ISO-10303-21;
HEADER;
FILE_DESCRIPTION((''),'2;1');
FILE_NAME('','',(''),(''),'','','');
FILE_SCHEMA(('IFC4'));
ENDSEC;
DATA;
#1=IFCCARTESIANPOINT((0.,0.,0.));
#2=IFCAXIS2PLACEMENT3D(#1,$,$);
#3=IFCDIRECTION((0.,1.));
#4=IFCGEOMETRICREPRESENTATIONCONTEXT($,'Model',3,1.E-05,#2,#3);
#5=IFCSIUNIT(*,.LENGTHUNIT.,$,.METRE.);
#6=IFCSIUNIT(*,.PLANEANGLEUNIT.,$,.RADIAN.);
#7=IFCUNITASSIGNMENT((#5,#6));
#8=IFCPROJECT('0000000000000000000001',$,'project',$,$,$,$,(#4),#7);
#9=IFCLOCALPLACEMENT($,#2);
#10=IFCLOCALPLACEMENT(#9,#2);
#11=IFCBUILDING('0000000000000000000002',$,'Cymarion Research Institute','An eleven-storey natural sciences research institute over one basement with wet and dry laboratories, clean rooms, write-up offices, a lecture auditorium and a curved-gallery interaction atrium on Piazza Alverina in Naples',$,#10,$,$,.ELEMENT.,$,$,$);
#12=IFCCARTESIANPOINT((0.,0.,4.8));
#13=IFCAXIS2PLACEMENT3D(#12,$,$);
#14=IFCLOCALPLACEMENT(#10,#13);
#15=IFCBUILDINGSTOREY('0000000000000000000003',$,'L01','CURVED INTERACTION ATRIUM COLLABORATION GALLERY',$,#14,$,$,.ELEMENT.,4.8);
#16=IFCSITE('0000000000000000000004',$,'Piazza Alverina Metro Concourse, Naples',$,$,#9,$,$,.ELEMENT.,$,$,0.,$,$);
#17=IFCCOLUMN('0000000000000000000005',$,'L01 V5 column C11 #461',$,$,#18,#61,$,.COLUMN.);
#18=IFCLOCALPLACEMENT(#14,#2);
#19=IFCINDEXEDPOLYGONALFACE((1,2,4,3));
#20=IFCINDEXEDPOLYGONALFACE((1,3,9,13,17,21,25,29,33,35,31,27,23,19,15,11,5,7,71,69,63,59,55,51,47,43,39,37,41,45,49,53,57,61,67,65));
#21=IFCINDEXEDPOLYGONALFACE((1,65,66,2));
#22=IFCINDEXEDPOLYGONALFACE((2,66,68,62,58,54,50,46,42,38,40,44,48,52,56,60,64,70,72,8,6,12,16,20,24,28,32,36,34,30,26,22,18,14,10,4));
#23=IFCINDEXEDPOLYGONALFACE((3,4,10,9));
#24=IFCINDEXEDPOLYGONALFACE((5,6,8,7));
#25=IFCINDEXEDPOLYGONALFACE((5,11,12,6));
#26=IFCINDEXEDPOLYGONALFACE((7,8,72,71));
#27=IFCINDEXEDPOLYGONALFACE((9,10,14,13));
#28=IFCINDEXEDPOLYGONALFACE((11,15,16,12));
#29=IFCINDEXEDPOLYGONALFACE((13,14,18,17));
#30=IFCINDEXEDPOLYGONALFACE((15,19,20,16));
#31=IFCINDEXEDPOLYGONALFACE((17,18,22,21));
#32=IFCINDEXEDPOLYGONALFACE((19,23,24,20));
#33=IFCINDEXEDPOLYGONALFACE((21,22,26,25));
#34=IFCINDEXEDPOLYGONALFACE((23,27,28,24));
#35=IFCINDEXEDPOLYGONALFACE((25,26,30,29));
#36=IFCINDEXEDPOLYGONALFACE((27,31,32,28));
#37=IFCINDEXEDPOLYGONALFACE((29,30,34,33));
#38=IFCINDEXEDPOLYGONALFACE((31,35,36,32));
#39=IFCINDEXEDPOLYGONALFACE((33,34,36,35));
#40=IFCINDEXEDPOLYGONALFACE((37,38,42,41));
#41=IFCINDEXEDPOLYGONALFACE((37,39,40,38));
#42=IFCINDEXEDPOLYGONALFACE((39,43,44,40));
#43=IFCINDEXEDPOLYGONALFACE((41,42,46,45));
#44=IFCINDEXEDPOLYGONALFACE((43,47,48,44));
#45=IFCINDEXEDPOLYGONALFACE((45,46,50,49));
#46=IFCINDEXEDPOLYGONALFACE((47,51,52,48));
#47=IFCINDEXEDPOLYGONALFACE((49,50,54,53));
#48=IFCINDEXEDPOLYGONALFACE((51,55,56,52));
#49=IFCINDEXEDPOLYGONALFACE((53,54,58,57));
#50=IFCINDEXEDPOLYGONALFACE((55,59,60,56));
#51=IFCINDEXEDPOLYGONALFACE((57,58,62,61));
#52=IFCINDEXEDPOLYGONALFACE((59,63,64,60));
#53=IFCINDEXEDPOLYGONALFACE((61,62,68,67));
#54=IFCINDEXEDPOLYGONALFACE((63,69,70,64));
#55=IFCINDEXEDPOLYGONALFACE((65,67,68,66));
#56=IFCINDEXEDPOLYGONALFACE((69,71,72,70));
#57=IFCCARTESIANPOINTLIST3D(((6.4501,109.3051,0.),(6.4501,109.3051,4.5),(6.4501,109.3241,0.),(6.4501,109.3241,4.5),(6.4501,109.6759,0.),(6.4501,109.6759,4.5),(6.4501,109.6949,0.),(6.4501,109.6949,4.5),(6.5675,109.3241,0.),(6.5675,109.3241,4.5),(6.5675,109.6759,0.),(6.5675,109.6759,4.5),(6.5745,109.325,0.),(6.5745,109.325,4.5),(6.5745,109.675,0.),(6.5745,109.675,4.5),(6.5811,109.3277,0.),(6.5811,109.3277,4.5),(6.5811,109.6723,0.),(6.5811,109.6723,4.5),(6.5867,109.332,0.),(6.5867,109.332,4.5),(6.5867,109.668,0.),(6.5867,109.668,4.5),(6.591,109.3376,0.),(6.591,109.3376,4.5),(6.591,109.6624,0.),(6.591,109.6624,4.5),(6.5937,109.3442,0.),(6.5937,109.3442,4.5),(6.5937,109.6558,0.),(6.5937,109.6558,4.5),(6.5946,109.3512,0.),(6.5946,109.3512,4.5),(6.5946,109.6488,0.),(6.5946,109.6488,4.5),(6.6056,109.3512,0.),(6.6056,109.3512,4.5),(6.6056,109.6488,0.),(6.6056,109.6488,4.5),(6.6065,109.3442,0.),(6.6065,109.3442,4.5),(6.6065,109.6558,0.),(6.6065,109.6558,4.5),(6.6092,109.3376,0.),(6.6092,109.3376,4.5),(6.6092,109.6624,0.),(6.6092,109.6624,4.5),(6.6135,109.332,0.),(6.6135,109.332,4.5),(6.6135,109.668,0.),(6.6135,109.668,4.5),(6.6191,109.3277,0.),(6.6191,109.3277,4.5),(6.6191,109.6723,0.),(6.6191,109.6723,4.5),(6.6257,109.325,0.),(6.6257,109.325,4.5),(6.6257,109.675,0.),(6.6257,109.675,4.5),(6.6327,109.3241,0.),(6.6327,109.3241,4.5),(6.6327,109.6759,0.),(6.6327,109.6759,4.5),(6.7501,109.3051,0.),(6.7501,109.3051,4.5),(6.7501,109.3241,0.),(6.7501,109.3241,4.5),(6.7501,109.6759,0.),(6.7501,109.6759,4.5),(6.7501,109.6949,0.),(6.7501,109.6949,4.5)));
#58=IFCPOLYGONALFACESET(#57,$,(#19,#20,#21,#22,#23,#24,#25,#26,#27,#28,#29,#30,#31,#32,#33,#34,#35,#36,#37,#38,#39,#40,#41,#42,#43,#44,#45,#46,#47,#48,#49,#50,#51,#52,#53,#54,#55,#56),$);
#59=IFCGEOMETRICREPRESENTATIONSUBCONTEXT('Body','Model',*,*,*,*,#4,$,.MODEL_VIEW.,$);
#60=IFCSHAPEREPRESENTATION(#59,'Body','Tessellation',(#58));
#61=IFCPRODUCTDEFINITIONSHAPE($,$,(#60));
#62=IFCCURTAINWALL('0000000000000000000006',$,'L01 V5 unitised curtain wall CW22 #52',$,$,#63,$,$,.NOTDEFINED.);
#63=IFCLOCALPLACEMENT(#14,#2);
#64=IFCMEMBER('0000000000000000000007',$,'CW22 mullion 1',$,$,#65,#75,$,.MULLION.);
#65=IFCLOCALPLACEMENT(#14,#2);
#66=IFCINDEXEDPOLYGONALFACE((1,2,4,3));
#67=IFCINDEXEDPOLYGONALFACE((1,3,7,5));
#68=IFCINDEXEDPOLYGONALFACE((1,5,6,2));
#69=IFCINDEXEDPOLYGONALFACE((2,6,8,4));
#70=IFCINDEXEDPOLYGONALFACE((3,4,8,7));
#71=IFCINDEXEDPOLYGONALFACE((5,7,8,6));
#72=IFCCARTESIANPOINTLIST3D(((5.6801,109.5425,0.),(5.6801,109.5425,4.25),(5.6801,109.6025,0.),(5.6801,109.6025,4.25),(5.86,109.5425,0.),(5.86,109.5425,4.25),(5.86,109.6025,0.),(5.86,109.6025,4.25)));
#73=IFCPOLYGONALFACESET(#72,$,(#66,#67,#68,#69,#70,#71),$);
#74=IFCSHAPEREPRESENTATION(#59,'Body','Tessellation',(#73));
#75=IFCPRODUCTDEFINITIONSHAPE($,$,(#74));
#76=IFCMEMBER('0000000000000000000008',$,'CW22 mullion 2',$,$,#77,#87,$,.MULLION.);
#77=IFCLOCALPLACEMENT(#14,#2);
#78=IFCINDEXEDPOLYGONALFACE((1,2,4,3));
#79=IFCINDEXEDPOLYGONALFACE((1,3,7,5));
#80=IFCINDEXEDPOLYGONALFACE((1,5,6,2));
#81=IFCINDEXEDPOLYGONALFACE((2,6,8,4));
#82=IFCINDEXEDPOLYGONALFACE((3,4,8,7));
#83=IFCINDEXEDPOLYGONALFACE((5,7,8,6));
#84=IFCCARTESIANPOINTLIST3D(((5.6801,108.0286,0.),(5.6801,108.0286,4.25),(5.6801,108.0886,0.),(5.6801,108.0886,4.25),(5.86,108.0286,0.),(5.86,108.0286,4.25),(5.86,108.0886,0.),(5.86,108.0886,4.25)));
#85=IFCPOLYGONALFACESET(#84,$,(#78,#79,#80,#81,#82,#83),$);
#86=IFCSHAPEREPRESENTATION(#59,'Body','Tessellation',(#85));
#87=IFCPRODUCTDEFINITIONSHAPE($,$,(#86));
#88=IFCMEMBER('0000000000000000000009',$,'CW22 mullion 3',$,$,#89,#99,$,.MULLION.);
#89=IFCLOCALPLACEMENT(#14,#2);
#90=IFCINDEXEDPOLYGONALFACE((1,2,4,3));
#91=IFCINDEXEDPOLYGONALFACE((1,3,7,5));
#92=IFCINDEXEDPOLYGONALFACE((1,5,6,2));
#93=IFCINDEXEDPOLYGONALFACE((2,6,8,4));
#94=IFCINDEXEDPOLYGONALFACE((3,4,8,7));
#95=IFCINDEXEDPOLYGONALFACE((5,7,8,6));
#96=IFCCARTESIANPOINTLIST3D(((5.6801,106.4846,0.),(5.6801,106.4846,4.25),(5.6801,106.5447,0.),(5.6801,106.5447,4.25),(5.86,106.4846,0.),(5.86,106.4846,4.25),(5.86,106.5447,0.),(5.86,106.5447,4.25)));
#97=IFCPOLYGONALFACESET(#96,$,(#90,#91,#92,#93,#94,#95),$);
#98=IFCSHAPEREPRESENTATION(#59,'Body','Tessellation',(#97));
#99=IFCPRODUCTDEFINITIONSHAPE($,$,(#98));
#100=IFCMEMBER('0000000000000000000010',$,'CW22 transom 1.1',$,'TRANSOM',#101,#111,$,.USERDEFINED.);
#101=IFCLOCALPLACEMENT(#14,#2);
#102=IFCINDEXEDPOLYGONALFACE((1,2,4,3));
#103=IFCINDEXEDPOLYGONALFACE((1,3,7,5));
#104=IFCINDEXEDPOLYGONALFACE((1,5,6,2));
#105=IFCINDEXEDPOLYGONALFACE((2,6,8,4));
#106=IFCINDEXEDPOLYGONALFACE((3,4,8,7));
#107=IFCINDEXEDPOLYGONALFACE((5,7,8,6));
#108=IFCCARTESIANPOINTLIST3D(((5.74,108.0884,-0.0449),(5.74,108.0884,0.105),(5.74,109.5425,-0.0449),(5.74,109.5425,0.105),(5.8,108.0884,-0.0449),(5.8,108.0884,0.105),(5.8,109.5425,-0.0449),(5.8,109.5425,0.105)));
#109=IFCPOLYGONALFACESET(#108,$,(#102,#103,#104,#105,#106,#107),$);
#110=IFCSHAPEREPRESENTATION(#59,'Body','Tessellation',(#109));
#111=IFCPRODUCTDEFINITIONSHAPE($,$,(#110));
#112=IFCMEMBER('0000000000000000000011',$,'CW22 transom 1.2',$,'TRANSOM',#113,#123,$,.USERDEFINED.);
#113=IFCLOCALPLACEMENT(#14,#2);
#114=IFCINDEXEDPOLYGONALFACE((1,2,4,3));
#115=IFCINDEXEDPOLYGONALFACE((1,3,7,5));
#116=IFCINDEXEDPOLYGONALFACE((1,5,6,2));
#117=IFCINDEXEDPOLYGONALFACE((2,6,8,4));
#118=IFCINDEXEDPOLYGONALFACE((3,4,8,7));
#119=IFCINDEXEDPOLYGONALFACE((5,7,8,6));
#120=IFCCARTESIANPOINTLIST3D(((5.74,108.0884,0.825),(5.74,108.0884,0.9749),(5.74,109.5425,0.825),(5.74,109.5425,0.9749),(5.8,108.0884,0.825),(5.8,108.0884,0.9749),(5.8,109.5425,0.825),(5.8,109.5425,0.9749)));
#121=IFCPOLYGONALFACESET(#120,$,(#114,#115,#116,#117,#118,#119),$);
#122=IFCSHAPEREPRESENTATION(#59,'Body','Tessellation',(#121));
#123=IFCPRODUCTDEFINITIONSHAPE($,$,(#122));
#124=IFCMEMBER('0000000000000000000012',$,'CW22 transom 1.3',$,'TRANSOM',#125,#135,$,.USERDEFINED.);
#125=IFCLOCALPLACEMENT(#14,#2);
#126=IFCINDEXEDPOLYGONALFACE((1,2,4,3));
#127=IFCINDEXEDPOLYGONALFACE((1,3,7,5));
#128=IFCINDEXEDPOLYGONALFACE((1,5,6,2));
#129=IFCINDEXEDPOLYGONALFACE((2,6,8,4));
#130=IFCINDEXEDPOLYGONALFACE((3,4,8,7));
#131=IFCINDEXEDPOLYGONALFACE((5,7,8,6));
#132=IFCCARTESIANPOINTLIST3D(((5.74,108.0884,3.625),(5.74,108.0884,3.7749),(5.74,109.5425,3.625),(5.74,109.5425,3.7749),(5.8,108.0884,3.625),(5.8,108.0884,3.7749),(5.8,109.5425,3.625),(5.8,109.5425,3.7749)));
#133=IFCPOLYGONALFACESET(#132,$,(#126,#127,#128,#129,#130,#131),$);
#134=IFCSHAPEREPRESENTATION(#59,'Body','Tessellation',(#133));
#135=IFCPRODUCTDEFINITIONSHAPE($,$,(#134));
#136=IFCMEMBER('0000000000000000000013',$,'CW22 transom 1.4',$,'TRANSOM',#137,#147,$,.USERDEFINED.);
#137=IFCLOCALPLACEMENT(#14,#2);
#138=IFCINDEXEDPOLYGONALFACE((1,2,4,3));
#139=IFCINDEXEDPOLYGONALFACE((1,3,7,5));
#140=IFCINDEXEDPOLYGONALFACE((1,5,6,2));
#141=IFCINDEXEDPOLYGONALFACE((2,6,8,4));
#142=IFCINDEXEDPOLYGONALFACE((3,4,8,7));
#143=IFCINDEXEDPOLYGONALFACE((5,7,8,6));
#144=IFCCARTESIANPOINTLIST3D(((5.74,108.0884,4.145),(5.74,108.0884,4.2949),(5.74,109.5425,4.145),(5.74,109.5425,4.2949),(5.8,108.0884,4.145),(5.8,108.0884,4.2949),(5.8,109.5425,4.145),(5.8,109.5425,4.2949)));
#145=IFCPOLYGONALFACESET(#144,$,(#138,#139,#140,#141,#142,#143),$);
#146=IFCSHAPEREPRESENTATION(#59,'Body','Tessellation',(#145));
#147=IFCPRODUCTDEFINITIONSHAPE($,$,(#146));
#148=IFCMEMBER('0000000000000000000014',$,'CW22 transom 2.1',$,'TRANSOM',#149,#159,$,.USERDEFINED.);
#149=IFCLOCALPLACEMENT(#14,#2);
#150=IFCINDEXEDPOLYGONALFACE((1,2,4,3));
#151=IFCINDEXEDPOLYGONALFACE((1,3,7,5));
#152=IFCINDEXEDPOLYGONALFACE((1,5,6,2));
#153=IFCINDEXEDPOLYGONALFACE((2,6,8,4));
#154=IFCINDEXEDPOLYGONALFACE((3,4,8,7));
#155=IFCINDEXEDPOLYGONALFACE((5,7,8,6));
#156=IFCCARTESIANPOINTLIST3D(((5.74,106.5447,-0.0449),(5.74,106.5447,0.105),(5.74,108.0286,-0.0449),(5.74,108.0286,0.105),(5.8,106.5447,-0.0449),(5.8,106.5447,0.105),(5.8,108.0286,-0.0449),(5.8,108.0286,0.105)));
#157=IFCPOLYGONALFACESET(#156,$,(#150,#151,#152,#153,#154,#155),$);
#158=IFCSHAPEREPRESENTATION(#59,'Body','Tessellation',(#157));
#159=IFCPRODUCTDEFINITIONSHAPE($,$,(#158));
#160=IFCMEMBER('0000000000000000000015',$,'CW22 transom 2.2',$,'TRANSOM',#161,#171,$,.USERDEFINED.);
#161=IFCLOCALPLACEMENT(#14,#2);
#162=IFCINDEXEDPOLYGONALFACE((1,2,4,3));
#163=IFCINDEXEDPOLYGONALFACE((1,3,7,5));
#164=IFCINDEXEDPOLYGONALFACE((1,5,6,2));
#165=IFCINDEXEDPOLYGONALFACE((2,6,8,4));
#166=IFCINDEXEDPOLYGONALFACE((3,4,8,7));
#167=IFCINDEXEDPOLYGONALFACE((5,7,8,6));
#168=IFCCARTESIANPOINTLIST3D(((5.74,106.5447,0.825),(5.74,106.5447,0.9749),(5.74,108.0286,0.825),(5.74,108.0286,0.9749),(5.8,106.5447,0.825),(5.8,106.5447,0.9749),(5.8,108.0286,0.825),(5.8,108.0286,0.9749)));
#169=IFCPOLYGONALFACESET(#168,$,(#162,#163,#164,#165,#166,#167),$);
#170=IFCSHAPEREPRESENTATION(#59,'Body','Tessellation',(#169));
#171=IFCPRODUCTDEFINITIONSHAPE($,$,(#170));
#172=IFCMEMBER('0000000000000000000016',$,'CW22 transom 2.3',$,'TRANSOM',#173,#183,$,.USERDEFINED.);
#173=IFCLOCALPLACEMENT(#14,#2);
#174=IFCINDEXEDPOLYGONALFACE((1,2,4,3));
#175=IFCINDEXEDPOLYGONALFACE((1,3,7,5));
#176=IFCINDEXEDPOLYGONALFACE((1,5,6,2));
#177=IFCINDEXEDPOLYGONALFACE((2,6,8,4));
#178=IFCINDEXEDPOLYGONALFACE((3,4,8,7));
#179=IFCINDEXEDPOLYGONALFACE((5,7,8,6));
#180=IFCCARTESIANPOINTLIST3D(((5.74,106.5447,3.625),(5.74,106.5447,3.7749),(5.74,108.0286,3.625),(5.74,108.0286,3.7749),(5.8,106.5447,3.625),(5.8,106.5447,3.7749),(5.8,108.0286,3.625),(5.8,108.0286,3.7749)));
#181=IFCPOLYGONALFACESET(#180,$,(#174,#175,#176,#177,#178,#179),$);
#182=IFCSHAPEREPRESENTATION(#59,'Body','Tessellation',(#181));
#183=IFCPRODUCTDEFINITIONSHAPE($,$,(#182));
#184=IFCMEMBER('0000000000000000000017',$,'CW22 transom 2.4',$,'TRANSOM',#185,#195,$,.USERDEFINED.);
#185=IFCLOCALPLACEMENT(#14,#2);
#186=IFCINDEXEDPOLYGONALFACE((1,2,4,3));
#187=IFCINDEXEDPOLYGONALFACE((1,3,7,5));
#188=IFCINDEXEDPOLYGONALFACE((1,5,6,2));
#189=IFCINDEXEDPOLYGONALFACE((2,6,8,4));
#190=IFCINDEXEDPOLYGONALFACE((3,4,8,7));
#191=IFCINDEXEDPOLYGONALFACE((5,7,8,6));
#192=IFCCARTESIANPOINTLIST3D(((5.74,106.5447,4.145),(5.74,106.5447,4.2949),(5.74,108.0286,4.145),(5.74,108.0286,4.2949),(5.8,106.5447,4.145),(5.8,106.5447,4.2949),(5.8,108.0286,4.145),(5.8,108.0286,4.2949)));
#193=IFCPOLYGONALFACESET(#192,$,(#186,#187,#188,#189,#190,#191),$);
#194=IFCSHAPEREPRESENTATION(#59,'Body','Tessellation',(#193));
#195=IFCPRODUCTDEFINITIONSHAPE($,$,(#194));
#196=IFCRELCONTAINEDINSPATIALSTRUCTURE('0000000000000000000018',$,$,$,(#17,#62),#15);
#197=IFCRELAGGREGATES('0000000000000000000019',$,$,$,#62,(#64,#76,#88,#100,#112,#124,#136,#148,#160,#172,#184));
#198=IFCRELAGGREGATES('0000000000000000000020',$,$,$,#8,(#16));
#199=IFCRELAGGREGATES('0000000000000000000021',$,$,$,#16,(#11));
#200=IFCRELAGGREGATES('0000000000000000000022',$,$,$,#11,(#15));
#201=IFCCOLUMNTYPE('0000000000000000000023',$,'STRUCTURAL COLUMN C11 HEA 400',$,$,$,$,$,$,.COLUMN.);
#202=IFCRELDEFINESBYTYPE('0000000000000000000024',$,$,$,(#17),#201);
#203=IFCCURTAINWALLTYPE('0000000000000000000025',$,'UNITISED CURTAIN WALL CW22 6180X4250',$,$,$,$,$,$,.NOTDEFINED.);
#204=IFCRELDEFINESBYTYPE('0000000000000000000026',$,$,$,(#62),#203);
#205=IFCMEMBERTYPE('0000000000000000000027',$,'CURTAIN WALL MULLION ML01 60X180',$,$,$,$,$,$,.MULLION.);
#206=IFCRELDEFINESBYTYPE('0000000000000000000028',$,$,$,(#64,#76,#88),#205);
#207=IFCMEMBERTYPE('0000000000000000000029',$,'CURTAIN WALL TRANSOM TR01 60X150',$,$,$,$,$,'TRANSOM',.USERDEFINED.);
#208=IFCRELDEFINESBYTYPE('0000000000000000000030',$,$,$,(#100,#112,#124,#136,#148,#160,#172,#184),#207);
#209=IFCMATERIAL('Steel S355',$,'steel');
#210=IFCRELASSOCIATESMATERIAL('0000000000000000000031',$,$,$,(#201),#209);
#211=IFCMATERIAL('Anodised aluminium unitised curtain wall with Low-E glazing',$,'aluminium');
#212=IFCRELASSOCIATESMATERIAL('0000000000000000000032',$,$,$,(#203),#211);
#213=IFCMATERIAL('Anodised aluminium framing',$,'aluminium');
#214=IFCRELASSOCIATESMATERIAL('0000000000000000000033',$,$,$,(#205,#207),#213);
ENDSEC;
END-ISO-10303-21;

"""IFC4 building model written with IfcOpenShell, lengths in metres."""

from ifc_helpers import new_model, si_unit, direction, frame, origin, origin_2d, place, context, subcontext, project, spatial, rectangle, i_section, extrude, material, material_profile, profile_set, type_object, element, aggregate, save


model = new_model("IFC4")

# Units and contexts
model_context = context("Model", 3, precision=1e-05, world=origin(), true_north=direction((0.0, 1.0)))
body_context = subcontext(model_context, "Body", "Model", "MODEL_VIEW")
ifc_project = project(units=[si_unit("LENGTHUNIT", "METRE"), si_unit("PLANEANGLEUNIT", "RADIAN")], contexts=[model_context])

# Site, building, storey
site_placement = place(None, origin())
site = spatial("IfcSite", under=ifc_project, at=site_placement, Name="Piazza Alverina Metro Concourse, Naples", CompositionType="ELEMENT", RefElevation=0.0)
building_placement = place(site_placement, origin())
building = spatial("IfcBuilding", under=site, at=building_placement, Name="Cymarion Research Institute", Description="An eleven-storey natural sciences research institute over one basement with wet and dry laboratories, clean rooms, write-up offices, a lecture auditorium and a curved-gallery interaction atrium on Piazza Alverina in Naples", CompositionType="ELEMENT")
storey_placement = place(building_placement, frame((0.0, 0.0, 4.8)))
storey = spatial("IfcBuildingStorey", under=building, at=storey_placement, Name="L01", Description="CURVED INTERACTION ATRIUM COLLABORATION GALLERY", CompositionType="ELEMENT", Elevation=4.8)

# Column
ifc_material_1 = material(Name="Steel S355", Category="steel")
ifc_material_profile_1 = material_profile(ifc_material_1, i_section(OverallWidth=0.3, OverallDepth=0.3899, WebThickness=0.011, FlangeThickness=0.019, FilletRadius=0.0271, at=origin_2d()), Name="HEA 400")
ifc_profile_set_1 = profile_set([ifc_material_profile_1], Name="Steel S355")
column_type = type_object("IfcColumnType", Name="STRUCTURAL COLUMN C11 HEA 400", PredefinedType="COLUMN", material=ifc_profile_set_1)
column_placement = place(storey_placement, frame((6.6001, 109.5, 0.0), z_axis=(0.0, 0.0, 1.0), x_axis=(1.0, 0.0, 0.0)))
element("IfcColumn", 1, at=column_placement, inside=storey, type_object=column_type, Name="L01 V5 column C11 #461", PredefinedType="COLUMN", context=body_context, shape_type="SweptSolid", body=[
    extrude(i_section(OverallWidth=0.3, OverallDepth=0.3899, WebThickness=0.011, FlangeThickness=0.019, FilletRadius=0.0271, at=origin_2d()), origin(), (0.0, 0.0, 1.0), 4.5),
])

# Curtain wall, members
ifc_material_2 = material(Name="Anodised aluminium unitised curtain wall with Low-E glazing", Category="aluminium")
curtain_wall_type = type_object("IfcCurtainWallType", Name="UNITISED CURTAIN WALL CW22 6180X4250", PredefinedType="NOTDEFINED", material=ifc_material_2)
curtain_wall_placement = place(storey_placement, origin())
curtain_wall = element("IfcCurtainWall", 2, at=curtain_wall_placement, inside=storey, type_object=curtain_wall_type, Name="L01 V5 unitised curtain wall CW22 #52", PredefinedType="NOTDEFINED")
ifc_material_3 = material(Name="Anodised aluminium framing", Category="aluminium")
ifc_material_profile_2 = material_profile(ifc_material_3, rectangle(XDim=0.0601, YDim=0.1799, at=origin_2d()), Name="ALU MULLION 60x180")
ifc_profile_set_2 = profile_set([ifc_material_profile_2], Name="Anodised aluminium framing")
member_type_1 = type_object("IfcMemberType", Name="CURTAIN WALL MULLION ML01 60X180", PredefinedType="MULLION", material=ifc_profile_set_2)
member_1_placement = place(storey_placement, frame((5.77, 109.5725, 0.0), z_axis=(0.0, 0.0, 1.0), x_axis=(0.0, -1.0, 0.0)))
member_1 = element("IfcMember", 3, at=member_1_placement, type_object=member_type_1, Name="CW22 mullion 1", PredefinedType="MULLION", context=body_context, shape_type="SweptSolid", body=[
    extrude(rectangle(XDim=0.0601, YDim=0.1799, at=origin_2d()), origin(), (0.0, 0.0, 1.0), 4.25),
])
member_2_placement = place(storey_placement, frame((5.77, 108.0586, 0.0), z_axis=(0.0, 0.0, 1.0), x_axis=(0.0, -1.0, 0.0)))
member_2 = element("IfcMember", 4, at=member_2_placement, type_object=member_type_1, Name="CW22 mullion 2", PredefinedType="MULLION", context=body_context, shape_type="SweptSolid", body=[
    extrude(rectangle(XDim=0.0601, YDim=0.1799, at=origin_2d()), origin(), (0.0, 0.0, 1.0), 4.25),
])
member_3_placement = place(storey_placement, frame((5.77, 106.5146, 0.0), z_axis=(0.0, 0.0, 1.0), x_axis=(0.0, -1.0, 0.0)))
member_3 = element("IfcMember", 5, at=member_3_placement, type_object=member_type_1, Name="CW22 mullion 3", PredefinedType="MULLION", context=body_context, shape_type="SweptSolid", body=[
    extrude(rectangle(XDim=0.0601, YDim=0.1799, at=origin_2d()), origin(), (0.0, 0.0, 1.0), 4.25),
])
ifc_material_profile_3 = material_profile(ifc_material_3, rectangle(XDim=0.0601, YDim=0.1499, at=origin_2d()), Name="ALU TRANSOM 60x150")
ifc_profile_set_3 = profile_set([ifc_material_profile_3], Name="Anodised aluminium framing")
member_type_2 = type_object("IfcMemberType", Name="CURTAIN WALL TRANSOM TR01 60X150", ElementType="TRANSOM", PredefinedType="USERDEFINED", material=ifc_profile_set_3)
member_4_placement = place(storey_placement, frame((5.77, 109.5425, 0.03), z_axis=(0.0, -1.0, 0.0), x_axis=(1.0, 0.0, 0.0)))
member_4 = element("IfcMember", 6, at=member_4_placement, type_object=member_type_2, Name="CW22 transom 1.1", ObjectType="TRANSOM", PredefinedType="USERDEFINED", context=body_context, shape_type="SweptSolid", body=[
    extrude(rectangle(XDim=0.0601, YDim=0.1499, at=origin_2d()), origin(), (0.0, 0.0, 1.0), 1.4541),
])
member_5_placement = place(storey_placement, frame((5.77, 109.5425, 0.8999), z_axis=(0.0, -1.0, 0.0), x_axis=(1.0, 0.0, 0.0)))
member_5 = element("IfcMember", 7, at=member_5_placement, type_object=member_type_2, Name="CW22 transom 1.2", ObjectType="TRANSOM", PredefinedType="USERDEFINED", context=body_context, shape_type="SweptSolid", body=[
    extrude(rectangle(XDim=0.0601, YDim=0.1499, at=origin_2d()), origin(), (0.0, 0.0, 1.0), 1.4541),
])
member_6_placement = place(storey_placement, frame((5.77, 109.5425, 3.7), z_axis=(0.0, -1.0, 0.0), x_axis=(1.0, 0.0, 0.0)))
member_6 = element("IfcMember", 8, at=member_6_placement, type_object=member_type_2, Name="CW22 transom 1.3", ObjectType="TRANSOM", PredefinedType="USERDEFINED", context=body_context, shape_type="SweptSolid", body=[
    extrude(rectangle(XDim=0.0601, YDim=0.1499, at=origin_2d()), origin(), (0.0, 0.0, 1.0), 1.4541),
])
member_7_placement = place(storey_placement, frame((5.77, 109.5425, 4.22), z_axis=(0.0, -1.0, 0.0), x_axis=(1.0, 0.0, 0.0)))
member_7 = element("IfcMember", 9, at=member_7_placement, type_object=member_type_2, Name="CW22 transom 1.4", ObjectType="TRANSOM", PredefinedType="USERDEFINED", context=body_context, shape_type="SweptSolid", body=[
    extrude(rectangle(XDim=0.0601, YDim=0.1499, at=origin_2d()), origin(), (0.0, 0.0, 1.0), 1.4541),
])
member_8_placement = place(storey_placement, frame((5.77, 108.0286, 0.03), z_axis=(0.0, -1.0, 0.0), x_axis=(1.0, 0.0, 0.0)))
member_8 = element("IfcMember", 10, at=member_8_placement, type_object=member_type_2, Name="CW22 transom 2.1", ObjectType="TRANSOM", PredefinedType="USERDEFINED", context=body_context, shape_type="SweptSolid", body=[
    extrude(rectangle(XDim=0.0601, YDim=0.1499, at=origin_2d()), origin(), (0.0, 0.0, 1.0), 1.4839),
])
member_9_placement = place(storey_placement, frame((5.77, 108.0286, 0.8999), z_axis=(0.0, -1.0, 0.0), x_axis=(1.0, 0.0, 0.0)))
member_9 = element("IfcMember", 11, at=member_9_placement, type_object=member_type_2, Name="CW22 transom 2.2", ObjectType="TRANSOM", PredefinedType="USERDEFINED", context=body_context, shape_type="SweptSolid", body=[
    extrude(rectangle(XDim=0.0601, YDim=0.1499, at=origin_2d()), origin(), (0.0, 0.0, 1.0), 1.4839),
])
member_10_placement = place(storey_placement, frame((5.77, 108.0286, 3.7), z_axis=(0.0, -1.0, 0.0), x_axis=(1.0, 0.0, 0.0)))
member_10 = element("IfcMember", 12, at=member_10_placement, type_object=member_type_2, Name="CW22 transom 2.3", ObjectType="TRANSOM", PredefinedType="USERDEFINED", context=body_context, shape_type="SweptSolid", body=[
    extrude(rectangle(XDim=0.0601, YDim=0.1499, at=origin_2d()), origin(), (0.0, 0.0, 1.0), 1.4839),
])
member_11_placement = place(storey_placement, frame((5.77, 108.0286, 4.22), z_axis=(0.0, -1.0, 0.0), x_axis=(1.0, 0.0, 0.0)))
member_11 = element("IfcMember", 13, at=member_11_placement, type_object=member_type_2, Name="CW22 transom 2.4", ObjectType="TRANSOM", PredefinedType="USERDEFINED", context=body_context, shape_type="SweptSolid", body=[
    extrude(rectangle(XDim=0.0601, YDim=0.1499, at=origin_2d()), origin(), (0.0, 0.0, 1.0), 1.4839),
])

aggregate(curtain_wall, [member_1, member_2, member_3, member_4, member_5, member_6, member_7, member_8, member_9, member_10, member_11])

save(model, "model.ifc")
